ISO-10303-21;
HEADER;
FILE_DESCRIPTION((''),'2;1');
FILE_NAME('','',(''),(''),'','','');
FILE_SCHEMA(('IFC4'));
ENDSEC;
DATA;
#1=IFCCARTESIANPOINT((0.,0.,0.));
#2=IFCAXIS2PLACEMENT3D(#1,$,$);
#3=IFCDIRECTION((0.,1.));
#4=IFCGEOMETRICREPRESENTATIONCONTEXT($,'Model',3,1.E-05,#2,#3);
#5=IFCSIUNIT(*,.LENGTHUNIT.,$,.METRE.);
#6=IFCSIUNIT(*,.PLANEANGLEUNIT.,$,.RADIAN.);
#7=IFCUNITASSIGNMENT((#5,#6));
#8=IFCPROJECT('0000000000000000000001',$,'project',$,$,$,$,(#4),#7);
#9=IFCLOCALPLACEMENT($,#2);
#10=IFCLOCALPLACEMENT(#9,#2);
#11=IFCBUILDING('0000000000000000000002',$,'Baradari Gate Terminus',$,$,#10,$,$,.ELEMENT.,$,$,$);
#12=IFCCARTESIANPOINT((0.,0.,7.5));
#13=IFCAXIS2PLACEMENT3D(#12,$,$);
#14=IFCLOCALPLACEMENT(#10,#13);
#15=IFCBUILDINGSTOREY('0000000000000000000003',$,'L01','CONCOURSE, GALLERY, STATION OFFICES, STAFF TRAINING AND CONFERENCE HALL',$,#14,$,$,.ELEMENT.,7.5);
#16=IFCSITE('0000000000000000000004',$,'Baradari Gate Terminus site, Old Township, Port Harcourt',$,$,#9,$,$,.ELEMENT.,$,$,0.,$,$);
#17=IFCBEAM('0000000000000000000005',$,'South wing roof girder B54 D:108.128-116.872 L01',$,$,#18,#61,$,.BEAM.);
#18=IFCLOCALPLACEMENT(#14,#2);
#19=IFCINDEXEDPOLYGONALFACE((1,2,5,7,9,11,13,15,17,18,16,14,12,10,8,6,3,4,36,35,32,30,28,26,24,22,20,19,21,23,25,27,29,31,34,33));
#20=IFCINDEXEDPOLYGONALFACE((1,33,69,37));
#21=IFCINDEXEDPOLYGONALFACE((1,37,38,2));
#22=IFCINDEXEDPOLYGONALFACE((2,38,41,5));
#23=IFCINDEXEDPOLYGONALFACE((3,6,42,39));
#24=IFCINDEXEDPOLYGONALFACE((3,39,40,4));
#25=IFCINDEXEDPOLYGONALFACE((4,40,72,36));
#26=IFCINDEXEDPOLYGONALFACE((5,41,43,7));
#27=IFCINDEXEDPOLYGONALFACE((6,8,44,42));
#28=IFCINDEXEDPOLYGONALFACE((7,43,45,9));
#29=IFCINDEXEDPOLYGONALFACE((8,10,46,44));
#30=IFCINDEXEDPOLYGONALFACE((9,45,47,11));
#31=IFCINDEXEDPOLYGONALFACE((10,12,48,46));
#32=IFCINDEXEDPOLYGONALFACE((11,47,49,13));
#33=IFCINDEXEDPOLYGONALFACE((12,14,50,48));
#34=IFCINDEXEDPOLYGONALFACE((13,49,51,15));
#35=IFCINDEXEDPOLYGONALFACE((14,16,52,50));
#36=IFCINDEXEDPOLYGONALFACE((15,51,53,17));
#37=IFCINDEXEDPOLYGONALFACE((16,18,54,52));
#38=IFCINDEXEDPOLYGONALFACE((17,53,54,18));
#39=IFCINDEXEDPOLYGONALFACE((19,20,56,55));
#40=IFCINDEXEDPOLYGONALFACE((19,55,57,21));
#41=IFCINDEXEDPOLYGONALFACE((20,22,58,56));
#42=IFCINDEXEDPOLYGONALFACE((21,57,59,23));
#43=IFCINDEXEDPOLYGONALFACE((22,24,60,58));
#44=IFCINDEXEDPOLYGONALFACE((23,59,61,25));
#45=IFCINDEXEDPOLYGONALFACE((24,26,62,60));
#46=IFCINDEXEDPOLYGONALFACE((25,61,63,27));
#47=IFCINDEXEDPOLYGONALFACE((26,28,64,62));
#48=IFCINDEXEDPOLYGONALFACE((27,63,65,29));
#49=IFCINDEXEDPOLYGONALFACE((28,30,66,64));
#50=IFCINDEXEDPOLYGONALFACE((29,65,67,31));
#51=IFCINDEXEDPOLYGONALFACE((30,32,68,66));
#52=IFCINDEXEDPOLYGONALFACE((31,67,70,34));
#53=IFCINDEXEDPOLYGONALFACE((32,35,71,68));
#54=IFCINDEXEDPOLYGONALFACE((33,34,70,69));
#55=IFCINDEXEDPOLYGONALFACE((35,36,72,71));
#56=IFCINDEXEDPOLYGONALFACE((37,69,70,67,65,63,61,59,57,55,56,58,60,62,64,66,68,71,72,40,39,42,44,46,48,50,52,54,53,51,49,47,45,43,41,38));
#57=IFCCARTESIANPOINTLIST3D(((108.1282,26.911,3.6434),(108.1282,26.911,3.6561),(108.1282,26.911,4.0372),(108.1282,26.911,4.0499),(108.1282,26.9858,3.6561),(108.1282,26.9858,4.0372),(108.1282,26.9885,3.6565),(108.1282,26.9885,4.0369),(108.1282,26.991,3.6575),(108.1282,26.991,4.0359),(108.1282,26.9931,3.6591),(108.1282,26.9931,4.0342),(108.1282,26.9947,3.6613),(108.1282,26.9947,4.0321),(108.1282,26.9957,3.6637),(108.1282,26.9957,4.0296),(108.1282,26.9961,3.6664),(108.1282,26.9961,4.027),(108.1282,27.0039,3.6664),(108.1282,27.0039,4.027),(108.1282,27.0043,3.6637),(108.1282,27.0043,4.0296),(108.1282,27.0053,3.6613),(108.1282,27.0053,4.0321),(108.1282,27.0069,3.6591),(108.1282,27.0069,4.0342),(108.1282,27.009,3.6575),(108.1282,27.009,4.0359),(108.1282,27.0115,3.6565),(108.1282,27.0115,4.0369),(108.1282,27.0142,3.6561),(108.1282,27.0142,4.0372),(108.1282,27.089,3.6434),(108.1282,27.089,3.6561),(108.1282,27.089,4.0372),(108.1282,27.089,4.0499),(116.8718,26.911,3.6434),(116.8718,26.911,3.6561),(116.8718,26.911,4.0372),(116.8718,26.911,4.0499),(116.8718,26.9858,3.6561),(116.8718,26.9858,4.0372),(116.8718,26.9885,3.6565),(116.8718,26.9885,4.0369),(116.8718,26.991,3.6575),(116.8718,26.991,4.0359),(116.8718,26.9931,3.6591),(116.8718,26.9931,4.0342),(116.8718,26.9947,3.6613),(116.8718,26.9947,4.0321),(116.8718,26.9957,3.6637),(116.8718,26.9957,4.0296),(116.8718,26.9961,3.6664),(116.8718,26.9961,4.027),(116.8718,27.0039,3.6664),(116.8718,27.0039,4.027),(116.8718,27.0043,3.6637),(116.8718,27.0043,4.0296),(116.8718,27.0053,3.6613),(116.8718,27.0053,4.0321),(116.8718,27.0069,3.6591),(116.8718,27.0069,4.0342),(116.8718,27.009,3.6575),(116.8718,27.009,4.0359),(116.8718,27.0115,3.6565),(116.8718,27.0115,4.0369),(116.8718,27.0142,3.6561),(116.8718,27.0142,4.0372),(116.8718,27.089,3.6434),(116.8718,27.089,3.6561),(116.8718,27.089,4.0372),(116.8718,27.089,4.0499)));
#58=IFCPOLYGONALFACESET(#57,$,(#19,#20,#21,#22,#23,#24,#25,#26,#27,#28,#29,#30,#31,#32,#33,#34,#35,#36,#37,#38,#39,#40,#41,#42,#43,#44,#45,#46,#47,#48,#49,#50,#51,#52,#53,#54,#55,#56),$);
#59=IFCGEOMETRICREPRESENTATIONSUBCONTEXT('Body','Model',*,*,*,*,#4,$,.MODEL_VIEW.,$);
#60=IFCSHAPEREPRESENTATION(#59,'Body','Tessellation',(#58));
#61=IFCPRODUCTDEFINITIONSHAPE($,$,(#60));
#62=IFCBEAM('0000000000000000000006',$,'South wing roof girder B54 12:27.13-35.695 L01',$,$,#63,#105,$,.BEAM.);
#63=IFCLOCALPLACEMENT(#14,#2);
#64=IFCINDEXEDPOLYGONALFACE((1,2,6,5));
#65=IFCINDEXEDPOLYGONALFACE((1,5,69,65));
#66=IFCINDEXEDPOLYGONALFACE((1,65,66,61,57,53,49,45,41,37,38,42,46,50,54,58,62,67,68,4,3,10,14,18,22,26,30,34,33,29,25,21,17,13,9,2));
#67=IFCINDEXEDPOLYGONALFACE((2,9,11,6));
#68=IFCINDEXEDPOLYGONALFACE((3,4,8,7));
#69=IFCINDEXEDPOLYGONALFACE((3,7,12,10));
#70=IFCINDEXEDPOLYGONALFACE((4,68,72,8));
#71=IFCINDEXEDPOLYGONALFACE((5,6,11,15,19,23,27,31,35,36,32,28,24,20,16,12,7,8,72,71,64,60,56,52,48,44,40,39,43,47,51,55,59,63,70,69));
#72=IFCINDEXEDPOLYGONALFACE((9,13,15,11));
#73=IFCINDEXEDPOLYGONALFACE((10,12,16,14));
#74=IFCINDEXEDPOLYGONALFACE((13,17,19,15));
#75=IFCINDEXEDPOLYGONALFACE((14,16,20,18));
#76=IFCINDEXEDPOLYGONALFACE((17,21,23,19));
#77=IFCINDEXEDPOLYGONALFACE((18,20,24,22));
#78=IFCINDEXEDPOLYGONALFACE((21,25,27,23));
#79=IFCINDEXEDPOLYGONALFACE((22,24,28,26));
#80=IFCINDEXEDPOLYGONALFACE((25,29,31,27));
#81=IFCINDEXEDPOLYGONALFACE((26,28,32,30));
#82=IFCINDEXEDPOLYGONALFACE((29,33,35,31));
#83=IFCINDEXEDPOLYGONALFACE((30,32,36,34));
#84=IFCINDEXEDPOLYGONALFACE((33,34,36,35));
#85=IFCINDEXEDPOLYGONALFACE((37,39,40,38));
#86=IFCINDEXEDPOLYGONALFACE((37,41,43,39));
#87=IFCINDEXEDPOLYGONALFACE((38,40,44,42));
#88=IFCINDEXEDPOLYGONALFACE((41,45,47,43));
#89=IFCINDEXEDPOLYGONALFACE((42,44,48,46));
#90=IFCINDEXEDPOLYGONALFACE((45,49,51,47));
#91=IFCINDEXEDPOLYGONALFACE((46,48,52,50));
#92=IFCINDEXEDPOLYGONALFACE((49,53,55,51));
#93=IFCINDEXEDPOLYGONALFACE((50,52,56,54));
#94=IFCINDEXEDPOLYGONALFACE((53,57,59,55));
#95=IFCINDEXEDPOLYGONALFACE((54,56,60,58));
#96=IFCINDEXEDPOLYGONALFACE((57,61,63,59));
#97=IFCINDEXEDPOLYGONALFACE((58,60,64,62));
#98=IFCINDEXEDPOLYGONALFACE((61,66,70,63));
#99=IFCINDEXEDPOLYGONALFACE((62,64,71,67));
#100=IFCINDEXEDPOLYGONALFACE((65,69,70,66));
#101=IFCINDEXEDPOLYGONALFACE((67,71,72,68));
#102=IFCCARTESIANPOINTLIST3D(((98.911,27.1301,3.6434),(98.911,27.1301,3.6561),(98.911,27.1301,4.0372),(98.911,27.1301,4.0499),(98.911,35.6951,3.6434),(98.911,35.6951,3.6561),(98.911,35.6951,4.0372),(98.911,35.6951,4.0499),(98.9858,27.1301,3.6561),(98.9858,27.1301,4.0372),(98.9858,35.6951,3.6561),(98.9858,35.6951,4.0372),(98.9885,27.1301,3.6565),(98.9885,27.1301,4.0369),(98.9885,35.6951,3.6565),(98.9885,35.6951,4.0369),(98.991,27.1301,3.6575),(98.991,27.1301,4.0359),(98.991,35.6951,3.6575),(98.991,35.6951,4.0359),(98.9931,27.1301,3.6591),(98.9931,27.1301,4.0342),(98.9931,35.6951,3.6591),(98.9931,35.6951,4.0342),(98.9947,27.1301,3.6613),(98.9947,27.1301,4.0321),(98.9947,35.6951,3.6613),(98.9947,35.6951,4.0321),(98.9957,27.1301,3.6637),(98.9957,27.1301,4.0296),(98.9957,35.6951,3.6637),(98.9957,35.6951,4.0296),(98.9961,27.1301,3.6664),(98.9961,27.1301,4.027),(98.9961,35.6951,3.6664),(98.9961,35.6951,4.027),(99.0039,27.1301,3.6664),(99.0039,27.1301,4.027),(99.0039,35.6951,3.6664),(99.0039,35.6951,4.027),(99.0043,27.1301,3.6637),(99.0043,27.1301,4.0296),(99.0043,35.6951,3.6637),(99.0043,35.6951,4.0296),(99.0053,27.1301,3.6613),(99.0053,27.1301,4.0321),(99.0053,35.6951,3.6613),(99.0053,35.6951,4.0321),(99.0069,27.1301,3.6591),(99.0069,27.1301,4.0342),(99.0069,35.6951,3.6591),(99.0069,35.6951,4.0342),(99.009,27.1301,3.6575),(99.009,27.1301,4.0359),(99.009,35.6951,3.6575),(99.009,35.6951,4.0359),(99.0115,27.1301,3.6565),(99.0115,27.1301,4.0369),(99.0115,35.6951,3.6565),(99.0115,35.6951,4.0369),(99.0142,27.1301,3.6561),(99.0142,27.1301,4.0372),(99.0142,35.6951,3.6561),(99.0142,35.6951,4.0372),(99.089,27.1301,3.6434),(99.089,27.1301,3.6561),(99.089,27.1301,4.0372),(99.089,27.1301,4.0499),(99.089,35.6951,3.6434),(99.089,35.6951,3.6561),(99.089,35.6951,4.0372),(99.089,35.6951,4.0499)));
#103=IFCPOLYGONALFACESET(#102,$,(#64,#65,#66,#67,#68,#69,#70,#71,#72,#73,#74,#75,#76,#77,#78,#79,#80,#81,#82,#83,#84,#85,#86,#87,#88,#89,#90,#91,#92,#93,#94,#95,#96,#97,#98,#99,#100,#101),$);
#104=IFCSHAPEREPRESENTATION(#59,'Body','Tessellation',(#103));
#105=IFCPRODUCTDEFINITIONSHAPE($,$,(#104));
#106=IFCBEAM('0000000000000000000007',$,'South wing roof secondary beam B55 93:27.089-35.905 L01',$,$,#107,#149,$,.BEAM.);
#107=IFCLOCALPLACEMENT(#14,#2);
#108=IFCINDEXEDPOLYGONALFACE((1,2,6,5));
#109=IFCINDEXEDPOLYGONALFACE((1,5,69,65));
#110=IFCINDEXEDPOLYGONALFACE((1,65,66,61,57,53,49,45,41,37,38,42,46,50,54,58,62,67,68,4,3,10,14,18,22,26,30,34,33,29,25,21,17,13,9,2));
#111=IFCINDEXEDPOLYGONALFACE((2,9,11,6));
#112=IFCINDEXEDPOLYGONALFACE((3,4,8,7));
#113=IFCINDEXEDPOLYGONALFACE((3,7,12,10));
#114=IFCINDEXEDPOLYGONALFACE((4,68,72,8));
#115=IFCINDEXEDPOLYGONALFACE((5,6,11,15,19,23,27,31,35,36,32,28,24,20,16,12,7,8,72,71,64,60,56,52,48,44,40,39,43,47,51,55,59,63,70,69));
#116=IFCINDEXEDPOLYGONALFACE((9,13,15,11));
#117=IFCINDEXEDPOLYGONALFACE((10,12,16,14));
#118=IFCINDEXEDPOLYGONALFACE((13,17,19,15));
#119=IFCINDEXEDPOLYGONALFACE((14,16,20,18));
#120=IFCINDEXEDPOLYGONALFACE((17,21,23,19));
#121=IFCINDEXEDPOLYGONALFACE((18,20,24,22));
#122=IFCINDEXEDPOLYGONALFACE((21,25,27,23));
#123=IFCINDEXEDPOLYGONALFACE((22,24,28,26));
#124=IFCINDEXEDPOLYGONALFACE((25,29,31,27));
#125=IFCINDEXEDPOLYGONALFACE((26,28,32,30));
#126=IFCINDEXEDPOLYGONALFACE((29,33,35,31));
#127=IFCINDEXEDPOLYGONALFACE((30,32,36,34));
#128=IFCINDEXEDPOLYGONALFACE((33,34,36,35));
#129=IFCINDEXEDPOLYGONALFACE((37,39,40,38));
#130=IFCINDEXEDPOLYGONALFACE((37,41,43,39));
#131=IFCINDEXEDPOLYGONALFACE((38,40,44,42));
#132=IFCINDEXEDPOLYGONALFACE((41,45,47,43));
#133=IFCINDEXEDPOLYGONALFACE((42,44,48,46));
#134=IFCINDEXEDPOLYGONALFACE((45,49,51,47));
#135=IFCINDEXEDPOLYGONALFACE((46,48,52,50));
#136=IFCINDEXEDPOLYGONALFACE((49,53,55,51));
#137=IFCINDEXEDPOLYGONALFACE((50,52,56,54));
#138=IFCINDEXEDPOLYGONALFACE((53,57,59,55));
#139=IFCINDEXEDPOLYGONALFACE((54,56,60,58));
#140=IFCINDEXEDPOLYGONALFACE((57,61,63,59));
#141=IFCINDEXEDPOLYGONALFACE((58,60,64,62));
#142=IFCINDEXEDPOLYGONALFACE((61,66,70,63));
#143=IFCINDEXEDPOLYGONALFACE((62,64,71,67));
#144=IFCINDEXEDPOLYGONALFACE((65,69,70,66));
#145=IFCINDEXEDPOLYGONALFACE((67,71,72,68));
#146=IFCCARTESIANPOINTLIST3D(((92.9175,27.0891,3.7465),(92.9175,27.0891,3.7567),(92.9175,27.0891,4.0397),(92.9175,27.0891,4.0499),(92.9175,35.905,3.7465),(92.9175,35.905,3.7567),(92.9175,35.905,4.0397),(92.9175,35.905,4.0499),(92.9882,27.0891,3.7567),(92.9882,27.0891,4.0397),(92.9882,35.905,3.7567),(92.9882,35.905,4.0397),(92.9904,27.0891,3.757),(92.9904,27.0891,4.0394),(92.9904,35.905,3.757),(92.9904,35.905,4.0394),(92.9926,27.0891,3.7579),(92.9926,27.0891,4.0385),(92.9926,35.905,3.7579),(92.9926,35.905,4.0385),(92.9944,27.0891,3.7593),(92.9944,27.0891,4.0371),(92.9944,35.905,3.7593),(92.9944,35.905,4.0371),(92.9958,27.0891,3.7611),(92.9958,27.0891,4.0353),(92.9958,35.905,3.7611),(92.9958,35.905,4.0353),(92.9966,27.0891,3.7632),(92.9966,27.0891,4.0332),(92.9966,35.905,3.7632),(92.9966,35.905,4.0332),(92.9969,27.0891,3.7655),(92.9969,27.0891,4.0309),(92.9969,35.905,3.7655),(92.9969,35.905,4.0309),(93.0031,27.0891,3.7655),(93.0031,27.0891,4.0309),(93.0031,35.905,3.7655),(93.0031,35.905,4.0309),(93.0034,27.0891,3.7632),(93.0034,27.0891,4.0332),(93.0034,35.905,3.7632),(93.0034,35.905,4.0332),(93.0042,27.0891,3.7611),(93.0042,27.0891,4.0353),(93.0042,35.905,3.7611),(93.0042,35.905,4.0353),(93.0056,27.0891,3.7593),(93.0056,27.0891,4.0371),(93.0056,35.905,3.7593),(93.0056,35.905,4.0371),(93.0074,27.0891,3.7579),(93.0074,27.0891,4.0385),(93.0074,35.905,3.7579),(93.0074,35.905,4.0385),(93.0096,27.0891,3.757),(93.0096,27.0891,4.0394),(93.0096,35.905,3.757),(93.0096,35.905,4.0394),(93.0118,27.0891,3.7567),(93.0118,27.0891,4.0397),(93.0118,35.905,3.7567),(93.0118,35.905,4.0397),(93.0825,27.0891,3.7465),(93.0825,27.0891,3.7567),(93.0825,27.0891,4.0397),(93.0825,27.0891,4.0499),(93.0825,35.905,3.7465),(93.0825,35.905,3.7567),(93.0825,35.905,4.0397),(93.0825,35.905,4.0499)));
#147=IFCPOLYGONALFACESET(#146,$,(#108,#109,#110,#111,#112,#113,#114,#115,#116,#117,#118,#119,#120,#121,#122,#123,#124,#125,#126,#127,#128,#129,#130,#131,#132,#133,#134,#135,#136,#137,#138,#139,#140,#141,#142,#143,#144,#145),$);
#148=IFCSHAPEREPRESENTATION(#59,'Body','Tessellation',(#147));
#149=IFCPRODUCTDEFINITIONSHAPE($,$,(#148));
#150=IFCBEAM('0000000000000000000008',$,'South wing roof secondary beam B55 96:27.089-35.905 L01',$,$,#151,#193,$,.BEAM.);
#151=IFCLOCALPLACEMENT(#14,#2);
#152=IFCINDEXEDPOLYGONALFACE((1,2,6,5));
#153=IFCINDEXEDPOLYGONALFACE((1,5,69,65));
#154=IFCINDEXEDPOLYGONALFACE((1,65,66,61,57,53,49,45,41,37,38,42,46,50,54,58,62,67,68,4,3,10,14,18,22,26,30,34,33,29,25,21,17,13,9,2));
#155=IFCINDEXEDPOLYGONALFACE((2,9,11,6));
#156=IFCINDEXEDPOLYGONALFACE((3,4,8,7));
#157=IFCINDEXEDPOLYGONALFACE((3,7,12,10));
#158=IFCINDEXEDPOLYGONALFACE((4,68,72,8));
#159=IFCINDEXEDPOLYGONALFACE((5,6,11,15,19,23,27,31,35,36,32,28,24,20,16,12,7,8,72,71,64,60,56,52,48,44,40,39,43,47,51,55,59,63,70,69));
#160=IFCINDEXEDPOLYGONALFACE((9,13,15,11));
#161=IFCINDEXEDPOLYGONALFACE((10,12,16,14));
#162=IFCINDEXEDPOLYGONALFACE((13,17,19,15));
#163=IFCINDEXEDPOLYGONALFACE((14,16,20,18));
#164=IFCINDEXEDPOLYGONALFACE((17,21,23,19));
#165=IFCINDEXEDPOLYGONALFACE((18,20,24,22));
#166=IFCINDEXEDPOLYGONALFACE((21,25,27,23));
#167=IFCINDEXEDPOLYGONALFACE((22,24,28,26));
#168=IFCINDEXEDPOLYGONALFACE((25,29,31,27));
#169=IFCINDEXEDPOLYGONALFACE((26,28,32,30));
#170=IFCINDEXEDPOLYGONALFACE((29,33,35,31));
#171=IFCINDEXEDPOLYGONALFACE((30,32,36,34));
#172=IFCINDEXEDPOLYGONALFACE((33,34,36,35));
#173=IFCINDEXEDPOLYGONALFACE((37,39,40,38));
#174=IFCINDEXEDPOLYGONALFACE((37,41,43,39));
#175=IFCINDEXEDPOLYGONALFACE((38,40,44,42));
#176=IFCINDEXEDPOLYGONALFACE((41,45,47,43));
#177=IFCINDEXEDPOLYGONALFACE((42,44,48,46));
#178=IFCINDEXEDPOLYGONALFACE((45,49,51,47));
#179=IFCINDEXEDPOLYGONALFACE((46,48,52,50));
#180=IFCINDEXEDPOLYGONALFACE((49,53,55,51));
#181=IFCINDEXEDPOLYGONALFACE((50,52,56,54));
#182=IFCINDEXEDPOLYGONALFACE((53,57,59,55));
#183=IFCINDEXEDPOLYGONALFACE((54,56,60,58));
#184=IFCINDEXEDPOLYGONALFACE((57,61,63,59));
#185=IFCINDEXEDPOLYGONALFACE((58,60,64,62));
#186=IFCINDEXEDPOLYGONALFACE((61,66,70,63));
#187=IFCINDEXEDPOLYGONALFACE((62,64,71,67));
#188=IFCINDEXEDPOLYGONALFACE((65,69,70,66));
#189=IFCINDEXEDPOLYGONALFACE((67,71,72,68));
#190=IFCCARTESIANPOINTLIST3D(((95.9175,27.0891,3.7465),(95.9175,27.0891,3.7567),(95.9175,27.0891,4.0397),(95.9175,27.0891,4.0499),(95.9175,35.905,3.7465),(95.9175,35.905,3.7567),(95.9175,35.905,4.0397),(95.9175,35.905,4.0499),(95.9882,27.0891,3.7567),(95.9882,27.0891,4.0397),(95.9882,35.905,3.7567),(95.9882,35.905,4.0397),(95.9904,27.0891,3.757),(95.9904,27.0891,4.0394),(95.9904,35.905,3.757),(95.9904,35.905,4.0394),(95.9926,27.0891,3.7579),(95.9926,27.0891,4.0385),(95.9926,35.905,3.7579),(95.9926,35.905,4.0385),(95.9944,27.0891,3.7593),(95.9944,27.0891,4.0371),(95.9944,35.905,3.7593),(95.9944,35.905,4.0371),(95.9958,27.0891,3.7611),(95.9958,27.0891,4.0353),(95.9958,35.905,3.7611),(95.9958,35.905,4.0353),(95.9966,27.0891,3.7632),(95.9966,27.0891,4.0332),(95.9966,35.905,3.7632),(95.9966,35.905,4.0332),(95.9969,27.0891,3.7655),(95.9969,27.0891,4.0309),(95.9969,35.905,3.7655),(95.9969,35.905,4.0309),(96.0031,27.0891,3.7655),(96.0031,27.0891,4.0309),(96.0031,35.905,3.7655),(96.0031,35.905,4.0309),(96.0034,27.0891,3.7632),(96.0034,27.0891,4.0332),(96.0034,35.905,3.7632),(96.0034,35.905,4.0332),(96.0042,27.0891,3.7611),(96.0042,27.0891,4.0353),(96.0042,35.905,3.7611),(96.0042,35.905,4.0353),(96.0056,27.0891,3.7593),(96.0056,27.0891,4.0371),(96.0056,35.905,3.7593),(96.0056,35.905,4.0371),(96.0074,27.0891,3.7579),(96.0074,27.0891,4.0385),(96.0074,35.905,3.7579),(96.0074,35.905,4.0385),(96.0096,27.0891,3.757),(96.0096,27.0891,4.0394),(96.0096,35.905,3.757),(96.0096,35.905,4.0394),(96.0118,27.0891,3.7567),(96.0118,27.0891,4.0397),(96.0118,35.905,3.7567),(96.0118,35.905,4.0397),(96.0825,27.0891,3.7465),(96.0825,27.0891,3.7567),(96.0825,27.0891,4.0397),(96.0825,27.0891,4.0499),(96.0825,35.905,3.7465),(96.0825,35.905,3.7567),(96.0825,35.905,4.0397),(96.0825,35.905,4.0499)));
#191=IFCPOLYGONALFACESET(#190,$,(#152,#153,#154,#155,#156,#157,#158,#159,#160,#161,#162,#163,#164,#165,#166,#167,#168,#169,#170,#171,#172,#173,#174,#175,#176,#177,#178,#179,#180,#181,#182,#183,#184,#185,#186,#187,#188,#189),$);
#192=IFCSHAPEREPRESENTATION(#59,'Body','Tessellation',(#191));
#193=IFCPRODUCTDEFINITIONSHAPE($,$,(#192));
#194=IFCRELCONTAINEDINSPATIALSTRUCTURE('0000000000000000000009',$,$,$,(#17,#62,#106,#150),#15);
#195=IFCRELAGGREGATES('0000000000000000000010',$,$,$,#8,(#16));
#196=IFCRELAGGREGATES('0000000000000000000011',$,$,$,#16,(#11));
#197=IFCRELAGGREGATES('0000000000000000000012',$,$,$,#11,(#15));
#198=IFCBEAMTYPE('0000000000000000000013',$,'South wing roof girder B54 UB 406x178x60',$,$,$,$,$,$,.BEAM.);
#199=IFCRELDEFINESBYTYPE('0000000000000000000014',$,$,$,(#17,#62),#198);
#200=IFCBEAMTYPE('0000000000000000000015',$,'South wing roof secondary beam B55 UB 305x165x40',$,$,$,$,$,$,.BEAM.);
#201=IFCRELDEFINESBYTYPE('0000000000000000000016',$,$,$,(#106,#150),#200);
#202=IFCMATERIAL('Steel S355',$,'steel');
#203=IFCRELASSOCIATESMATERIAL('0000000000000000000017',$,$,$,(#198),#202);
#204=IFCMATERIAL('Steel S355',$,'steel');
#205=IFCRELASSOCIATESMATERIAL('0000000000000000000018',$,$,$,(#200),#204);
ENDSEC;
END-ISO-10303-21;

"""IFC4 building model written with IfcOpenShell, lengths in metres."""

from ifc_helpers import new_model, si_unit, direction, frame, origin, origin_2d, place, context, subcontext, project, spatial, i_section, extrude, material, material_profile, profile_set, type_object, element, save


model = new_model("IFC4")

# Units and contexts
model_context = context("Model", 3, precision=1e-05, world=origin(), true_north=direction((0.0, 1.0)))
body_context = subcontext(model_context, "Body", "Model", "MODEL_VIEW")
ifc_project = project(units=[si_unit("LENGTHUNIT", "METRE"), si_unit("PLANEANGLEUNIT", "RADIAN")], contexts=[model_context])

# Site, building, storey
site_placement = place(None, origin())
site = spatial("IfcSite", under=ifc_project, at=site_placement, Name="Baradari Gate Terminus site, Old Township, Port Harcourt", CompositionType="ELEMENT", RefElevation=0.0)
building_placement = place(site_placement, origin())
building = spatial("IfcBuilding", under=site, at=building_placement, Name="Baradari Gate Terminus", CompositionType="ELEMENT")
storey_placement = place(building_placement, frame((0.0, 0.0, 7.5)))
storey = spatial("IfcBuildingStorey", under=building, at=storey_placement, Name="L01", Description="CONCOURSE, GALLERY, STATION OFFICES, STAFF TRAINING AND CONFERENCE HALL", CompositionType="ELEMENT", Elevation=7.5)

# Beams
ifc_material_1 = material(Name="Steel S355", Category="steel")
ifc_material_profile_1 = material_profile(ifc_material_1, i_section(OverallWidth=0.178, OverallDepth=0.4065, WebThickness=0.0078, FlangeThickness=0.0127, FilletRadius=0.0103, at=origin_2d()), Name="UB 406x178x60")
ifc_profile_set_1 = profile_set([ifc_material_profile_1], Name="Steel S355")
beam_type_1 = type_object("IfcBeamType", Name="South wing roof girder B54 UB 406x178x60", PredefinedType="BEAM", material=ifc_profile_set_1)
for number, where, z_axis, x_axis, name in (
    (1, (108.1282, 27.0, 3.8467), (1.0, 0.0, 0.0), (0.0, 1.0, 0.0), "South wing roof girder B54 D:108.128-116.872 L01"),
):
    element("IfcBeam", number, at=place(storey_placement, frame(where, z_axis=z_axis, x_axis=x_axis)), inside=storey, type_object=beam_type_1, Name=name, PredefinedType="BEAM", context=body_context, shape_type="SweptSolid", body=[
        extrude(i_section(OverallWidth=0.178, OverallDepth=0.4065, WebThickness=0.0078, FlangeThickness=0.0127, FilletRadius=0.0103, at=origin_2d()), origin(), (0.0, 0.0, 1.0), 8.7437),
    ])
beam_1_placement = place(storey_placement, frame((99.0, 27.1301, 3.8467), z_axis=(0.0, 1.0, 0.0), x_axis=(-1.0, 0.0, 0.0)))
element("IfcBeam", 2, at=beam_1_placement, inside=storey, type_object=beam_type_1, Name="South wing roof girder B54 12:27.13-35.695 L01", PredefinedType="BEAM", context=body_context, shape_type="SweptSolid", body=[
    extrude(i_section(OverallWidth=0.178, OverallDepth=0.4065, WebThickness=0.0078, FlangeThickness=0.0127, FilletRadius=0.0103, at=origin_2d()), origin(), (0.0, 0.0, 1.0), 8.5649),
])
ifc_material_2 = material(Name="Steel S355", Category="steel")
ifc_material_profile_2 = material_profile(ifc_material_2, i_section(OverallWidth=0.165, OverallDepth=0.3035, WebThickness=0.0061, FlangeThickness=0.0103, FilletRadius=0.0088, at=origin_2d()), Name="UB 305x165x40")
ifc_profile_set_2 = profile_set([ifc_material_profile_2], Name="Steel S355")
beam_type_2 = type_object("IfcBeamType", Name="South wing roof secondary beam B55 UB 305x165x40", PredefinedType="BEAM", material=ifc_profile_set_2)
for number, where, z_axis, x_axis, name in (
    (3, (93.0, 27.0891, 3.8982), (0.0, 1.0, 0.0), (-1.0, 0.0, 0.0), "South wing roof secondary beam B55 93:27.089-35.905 L01"),
    (4, (96.0, 27.0891, 3.8982), (0.0, 1.0, 0.0), (-1.0, 0.0, 0.0), "South wing roof secondary beam B55 96:27.089-35.905 L01"),
):
    element("IfcBeam", number, at=place(storey_placement, frame(where, z_axis=z_axis, x_axis=x_axis)), inside=storey, type_object=beam_type_2, Name=name, PredefinedType="BEAM", context=body_context, shape_type="SweptSolid", body=[
        extrude(i_section(OverallWidth=0.165, OverallDepth=0.3035, WebThickness=0.0061, FlangeThickness=0.0103, FilletRadius=0.0088, at=origin_2d()), origin(), (0.0, 0.0, 1.0), 8.8159),
    ])

save(model, "model.ifc")
